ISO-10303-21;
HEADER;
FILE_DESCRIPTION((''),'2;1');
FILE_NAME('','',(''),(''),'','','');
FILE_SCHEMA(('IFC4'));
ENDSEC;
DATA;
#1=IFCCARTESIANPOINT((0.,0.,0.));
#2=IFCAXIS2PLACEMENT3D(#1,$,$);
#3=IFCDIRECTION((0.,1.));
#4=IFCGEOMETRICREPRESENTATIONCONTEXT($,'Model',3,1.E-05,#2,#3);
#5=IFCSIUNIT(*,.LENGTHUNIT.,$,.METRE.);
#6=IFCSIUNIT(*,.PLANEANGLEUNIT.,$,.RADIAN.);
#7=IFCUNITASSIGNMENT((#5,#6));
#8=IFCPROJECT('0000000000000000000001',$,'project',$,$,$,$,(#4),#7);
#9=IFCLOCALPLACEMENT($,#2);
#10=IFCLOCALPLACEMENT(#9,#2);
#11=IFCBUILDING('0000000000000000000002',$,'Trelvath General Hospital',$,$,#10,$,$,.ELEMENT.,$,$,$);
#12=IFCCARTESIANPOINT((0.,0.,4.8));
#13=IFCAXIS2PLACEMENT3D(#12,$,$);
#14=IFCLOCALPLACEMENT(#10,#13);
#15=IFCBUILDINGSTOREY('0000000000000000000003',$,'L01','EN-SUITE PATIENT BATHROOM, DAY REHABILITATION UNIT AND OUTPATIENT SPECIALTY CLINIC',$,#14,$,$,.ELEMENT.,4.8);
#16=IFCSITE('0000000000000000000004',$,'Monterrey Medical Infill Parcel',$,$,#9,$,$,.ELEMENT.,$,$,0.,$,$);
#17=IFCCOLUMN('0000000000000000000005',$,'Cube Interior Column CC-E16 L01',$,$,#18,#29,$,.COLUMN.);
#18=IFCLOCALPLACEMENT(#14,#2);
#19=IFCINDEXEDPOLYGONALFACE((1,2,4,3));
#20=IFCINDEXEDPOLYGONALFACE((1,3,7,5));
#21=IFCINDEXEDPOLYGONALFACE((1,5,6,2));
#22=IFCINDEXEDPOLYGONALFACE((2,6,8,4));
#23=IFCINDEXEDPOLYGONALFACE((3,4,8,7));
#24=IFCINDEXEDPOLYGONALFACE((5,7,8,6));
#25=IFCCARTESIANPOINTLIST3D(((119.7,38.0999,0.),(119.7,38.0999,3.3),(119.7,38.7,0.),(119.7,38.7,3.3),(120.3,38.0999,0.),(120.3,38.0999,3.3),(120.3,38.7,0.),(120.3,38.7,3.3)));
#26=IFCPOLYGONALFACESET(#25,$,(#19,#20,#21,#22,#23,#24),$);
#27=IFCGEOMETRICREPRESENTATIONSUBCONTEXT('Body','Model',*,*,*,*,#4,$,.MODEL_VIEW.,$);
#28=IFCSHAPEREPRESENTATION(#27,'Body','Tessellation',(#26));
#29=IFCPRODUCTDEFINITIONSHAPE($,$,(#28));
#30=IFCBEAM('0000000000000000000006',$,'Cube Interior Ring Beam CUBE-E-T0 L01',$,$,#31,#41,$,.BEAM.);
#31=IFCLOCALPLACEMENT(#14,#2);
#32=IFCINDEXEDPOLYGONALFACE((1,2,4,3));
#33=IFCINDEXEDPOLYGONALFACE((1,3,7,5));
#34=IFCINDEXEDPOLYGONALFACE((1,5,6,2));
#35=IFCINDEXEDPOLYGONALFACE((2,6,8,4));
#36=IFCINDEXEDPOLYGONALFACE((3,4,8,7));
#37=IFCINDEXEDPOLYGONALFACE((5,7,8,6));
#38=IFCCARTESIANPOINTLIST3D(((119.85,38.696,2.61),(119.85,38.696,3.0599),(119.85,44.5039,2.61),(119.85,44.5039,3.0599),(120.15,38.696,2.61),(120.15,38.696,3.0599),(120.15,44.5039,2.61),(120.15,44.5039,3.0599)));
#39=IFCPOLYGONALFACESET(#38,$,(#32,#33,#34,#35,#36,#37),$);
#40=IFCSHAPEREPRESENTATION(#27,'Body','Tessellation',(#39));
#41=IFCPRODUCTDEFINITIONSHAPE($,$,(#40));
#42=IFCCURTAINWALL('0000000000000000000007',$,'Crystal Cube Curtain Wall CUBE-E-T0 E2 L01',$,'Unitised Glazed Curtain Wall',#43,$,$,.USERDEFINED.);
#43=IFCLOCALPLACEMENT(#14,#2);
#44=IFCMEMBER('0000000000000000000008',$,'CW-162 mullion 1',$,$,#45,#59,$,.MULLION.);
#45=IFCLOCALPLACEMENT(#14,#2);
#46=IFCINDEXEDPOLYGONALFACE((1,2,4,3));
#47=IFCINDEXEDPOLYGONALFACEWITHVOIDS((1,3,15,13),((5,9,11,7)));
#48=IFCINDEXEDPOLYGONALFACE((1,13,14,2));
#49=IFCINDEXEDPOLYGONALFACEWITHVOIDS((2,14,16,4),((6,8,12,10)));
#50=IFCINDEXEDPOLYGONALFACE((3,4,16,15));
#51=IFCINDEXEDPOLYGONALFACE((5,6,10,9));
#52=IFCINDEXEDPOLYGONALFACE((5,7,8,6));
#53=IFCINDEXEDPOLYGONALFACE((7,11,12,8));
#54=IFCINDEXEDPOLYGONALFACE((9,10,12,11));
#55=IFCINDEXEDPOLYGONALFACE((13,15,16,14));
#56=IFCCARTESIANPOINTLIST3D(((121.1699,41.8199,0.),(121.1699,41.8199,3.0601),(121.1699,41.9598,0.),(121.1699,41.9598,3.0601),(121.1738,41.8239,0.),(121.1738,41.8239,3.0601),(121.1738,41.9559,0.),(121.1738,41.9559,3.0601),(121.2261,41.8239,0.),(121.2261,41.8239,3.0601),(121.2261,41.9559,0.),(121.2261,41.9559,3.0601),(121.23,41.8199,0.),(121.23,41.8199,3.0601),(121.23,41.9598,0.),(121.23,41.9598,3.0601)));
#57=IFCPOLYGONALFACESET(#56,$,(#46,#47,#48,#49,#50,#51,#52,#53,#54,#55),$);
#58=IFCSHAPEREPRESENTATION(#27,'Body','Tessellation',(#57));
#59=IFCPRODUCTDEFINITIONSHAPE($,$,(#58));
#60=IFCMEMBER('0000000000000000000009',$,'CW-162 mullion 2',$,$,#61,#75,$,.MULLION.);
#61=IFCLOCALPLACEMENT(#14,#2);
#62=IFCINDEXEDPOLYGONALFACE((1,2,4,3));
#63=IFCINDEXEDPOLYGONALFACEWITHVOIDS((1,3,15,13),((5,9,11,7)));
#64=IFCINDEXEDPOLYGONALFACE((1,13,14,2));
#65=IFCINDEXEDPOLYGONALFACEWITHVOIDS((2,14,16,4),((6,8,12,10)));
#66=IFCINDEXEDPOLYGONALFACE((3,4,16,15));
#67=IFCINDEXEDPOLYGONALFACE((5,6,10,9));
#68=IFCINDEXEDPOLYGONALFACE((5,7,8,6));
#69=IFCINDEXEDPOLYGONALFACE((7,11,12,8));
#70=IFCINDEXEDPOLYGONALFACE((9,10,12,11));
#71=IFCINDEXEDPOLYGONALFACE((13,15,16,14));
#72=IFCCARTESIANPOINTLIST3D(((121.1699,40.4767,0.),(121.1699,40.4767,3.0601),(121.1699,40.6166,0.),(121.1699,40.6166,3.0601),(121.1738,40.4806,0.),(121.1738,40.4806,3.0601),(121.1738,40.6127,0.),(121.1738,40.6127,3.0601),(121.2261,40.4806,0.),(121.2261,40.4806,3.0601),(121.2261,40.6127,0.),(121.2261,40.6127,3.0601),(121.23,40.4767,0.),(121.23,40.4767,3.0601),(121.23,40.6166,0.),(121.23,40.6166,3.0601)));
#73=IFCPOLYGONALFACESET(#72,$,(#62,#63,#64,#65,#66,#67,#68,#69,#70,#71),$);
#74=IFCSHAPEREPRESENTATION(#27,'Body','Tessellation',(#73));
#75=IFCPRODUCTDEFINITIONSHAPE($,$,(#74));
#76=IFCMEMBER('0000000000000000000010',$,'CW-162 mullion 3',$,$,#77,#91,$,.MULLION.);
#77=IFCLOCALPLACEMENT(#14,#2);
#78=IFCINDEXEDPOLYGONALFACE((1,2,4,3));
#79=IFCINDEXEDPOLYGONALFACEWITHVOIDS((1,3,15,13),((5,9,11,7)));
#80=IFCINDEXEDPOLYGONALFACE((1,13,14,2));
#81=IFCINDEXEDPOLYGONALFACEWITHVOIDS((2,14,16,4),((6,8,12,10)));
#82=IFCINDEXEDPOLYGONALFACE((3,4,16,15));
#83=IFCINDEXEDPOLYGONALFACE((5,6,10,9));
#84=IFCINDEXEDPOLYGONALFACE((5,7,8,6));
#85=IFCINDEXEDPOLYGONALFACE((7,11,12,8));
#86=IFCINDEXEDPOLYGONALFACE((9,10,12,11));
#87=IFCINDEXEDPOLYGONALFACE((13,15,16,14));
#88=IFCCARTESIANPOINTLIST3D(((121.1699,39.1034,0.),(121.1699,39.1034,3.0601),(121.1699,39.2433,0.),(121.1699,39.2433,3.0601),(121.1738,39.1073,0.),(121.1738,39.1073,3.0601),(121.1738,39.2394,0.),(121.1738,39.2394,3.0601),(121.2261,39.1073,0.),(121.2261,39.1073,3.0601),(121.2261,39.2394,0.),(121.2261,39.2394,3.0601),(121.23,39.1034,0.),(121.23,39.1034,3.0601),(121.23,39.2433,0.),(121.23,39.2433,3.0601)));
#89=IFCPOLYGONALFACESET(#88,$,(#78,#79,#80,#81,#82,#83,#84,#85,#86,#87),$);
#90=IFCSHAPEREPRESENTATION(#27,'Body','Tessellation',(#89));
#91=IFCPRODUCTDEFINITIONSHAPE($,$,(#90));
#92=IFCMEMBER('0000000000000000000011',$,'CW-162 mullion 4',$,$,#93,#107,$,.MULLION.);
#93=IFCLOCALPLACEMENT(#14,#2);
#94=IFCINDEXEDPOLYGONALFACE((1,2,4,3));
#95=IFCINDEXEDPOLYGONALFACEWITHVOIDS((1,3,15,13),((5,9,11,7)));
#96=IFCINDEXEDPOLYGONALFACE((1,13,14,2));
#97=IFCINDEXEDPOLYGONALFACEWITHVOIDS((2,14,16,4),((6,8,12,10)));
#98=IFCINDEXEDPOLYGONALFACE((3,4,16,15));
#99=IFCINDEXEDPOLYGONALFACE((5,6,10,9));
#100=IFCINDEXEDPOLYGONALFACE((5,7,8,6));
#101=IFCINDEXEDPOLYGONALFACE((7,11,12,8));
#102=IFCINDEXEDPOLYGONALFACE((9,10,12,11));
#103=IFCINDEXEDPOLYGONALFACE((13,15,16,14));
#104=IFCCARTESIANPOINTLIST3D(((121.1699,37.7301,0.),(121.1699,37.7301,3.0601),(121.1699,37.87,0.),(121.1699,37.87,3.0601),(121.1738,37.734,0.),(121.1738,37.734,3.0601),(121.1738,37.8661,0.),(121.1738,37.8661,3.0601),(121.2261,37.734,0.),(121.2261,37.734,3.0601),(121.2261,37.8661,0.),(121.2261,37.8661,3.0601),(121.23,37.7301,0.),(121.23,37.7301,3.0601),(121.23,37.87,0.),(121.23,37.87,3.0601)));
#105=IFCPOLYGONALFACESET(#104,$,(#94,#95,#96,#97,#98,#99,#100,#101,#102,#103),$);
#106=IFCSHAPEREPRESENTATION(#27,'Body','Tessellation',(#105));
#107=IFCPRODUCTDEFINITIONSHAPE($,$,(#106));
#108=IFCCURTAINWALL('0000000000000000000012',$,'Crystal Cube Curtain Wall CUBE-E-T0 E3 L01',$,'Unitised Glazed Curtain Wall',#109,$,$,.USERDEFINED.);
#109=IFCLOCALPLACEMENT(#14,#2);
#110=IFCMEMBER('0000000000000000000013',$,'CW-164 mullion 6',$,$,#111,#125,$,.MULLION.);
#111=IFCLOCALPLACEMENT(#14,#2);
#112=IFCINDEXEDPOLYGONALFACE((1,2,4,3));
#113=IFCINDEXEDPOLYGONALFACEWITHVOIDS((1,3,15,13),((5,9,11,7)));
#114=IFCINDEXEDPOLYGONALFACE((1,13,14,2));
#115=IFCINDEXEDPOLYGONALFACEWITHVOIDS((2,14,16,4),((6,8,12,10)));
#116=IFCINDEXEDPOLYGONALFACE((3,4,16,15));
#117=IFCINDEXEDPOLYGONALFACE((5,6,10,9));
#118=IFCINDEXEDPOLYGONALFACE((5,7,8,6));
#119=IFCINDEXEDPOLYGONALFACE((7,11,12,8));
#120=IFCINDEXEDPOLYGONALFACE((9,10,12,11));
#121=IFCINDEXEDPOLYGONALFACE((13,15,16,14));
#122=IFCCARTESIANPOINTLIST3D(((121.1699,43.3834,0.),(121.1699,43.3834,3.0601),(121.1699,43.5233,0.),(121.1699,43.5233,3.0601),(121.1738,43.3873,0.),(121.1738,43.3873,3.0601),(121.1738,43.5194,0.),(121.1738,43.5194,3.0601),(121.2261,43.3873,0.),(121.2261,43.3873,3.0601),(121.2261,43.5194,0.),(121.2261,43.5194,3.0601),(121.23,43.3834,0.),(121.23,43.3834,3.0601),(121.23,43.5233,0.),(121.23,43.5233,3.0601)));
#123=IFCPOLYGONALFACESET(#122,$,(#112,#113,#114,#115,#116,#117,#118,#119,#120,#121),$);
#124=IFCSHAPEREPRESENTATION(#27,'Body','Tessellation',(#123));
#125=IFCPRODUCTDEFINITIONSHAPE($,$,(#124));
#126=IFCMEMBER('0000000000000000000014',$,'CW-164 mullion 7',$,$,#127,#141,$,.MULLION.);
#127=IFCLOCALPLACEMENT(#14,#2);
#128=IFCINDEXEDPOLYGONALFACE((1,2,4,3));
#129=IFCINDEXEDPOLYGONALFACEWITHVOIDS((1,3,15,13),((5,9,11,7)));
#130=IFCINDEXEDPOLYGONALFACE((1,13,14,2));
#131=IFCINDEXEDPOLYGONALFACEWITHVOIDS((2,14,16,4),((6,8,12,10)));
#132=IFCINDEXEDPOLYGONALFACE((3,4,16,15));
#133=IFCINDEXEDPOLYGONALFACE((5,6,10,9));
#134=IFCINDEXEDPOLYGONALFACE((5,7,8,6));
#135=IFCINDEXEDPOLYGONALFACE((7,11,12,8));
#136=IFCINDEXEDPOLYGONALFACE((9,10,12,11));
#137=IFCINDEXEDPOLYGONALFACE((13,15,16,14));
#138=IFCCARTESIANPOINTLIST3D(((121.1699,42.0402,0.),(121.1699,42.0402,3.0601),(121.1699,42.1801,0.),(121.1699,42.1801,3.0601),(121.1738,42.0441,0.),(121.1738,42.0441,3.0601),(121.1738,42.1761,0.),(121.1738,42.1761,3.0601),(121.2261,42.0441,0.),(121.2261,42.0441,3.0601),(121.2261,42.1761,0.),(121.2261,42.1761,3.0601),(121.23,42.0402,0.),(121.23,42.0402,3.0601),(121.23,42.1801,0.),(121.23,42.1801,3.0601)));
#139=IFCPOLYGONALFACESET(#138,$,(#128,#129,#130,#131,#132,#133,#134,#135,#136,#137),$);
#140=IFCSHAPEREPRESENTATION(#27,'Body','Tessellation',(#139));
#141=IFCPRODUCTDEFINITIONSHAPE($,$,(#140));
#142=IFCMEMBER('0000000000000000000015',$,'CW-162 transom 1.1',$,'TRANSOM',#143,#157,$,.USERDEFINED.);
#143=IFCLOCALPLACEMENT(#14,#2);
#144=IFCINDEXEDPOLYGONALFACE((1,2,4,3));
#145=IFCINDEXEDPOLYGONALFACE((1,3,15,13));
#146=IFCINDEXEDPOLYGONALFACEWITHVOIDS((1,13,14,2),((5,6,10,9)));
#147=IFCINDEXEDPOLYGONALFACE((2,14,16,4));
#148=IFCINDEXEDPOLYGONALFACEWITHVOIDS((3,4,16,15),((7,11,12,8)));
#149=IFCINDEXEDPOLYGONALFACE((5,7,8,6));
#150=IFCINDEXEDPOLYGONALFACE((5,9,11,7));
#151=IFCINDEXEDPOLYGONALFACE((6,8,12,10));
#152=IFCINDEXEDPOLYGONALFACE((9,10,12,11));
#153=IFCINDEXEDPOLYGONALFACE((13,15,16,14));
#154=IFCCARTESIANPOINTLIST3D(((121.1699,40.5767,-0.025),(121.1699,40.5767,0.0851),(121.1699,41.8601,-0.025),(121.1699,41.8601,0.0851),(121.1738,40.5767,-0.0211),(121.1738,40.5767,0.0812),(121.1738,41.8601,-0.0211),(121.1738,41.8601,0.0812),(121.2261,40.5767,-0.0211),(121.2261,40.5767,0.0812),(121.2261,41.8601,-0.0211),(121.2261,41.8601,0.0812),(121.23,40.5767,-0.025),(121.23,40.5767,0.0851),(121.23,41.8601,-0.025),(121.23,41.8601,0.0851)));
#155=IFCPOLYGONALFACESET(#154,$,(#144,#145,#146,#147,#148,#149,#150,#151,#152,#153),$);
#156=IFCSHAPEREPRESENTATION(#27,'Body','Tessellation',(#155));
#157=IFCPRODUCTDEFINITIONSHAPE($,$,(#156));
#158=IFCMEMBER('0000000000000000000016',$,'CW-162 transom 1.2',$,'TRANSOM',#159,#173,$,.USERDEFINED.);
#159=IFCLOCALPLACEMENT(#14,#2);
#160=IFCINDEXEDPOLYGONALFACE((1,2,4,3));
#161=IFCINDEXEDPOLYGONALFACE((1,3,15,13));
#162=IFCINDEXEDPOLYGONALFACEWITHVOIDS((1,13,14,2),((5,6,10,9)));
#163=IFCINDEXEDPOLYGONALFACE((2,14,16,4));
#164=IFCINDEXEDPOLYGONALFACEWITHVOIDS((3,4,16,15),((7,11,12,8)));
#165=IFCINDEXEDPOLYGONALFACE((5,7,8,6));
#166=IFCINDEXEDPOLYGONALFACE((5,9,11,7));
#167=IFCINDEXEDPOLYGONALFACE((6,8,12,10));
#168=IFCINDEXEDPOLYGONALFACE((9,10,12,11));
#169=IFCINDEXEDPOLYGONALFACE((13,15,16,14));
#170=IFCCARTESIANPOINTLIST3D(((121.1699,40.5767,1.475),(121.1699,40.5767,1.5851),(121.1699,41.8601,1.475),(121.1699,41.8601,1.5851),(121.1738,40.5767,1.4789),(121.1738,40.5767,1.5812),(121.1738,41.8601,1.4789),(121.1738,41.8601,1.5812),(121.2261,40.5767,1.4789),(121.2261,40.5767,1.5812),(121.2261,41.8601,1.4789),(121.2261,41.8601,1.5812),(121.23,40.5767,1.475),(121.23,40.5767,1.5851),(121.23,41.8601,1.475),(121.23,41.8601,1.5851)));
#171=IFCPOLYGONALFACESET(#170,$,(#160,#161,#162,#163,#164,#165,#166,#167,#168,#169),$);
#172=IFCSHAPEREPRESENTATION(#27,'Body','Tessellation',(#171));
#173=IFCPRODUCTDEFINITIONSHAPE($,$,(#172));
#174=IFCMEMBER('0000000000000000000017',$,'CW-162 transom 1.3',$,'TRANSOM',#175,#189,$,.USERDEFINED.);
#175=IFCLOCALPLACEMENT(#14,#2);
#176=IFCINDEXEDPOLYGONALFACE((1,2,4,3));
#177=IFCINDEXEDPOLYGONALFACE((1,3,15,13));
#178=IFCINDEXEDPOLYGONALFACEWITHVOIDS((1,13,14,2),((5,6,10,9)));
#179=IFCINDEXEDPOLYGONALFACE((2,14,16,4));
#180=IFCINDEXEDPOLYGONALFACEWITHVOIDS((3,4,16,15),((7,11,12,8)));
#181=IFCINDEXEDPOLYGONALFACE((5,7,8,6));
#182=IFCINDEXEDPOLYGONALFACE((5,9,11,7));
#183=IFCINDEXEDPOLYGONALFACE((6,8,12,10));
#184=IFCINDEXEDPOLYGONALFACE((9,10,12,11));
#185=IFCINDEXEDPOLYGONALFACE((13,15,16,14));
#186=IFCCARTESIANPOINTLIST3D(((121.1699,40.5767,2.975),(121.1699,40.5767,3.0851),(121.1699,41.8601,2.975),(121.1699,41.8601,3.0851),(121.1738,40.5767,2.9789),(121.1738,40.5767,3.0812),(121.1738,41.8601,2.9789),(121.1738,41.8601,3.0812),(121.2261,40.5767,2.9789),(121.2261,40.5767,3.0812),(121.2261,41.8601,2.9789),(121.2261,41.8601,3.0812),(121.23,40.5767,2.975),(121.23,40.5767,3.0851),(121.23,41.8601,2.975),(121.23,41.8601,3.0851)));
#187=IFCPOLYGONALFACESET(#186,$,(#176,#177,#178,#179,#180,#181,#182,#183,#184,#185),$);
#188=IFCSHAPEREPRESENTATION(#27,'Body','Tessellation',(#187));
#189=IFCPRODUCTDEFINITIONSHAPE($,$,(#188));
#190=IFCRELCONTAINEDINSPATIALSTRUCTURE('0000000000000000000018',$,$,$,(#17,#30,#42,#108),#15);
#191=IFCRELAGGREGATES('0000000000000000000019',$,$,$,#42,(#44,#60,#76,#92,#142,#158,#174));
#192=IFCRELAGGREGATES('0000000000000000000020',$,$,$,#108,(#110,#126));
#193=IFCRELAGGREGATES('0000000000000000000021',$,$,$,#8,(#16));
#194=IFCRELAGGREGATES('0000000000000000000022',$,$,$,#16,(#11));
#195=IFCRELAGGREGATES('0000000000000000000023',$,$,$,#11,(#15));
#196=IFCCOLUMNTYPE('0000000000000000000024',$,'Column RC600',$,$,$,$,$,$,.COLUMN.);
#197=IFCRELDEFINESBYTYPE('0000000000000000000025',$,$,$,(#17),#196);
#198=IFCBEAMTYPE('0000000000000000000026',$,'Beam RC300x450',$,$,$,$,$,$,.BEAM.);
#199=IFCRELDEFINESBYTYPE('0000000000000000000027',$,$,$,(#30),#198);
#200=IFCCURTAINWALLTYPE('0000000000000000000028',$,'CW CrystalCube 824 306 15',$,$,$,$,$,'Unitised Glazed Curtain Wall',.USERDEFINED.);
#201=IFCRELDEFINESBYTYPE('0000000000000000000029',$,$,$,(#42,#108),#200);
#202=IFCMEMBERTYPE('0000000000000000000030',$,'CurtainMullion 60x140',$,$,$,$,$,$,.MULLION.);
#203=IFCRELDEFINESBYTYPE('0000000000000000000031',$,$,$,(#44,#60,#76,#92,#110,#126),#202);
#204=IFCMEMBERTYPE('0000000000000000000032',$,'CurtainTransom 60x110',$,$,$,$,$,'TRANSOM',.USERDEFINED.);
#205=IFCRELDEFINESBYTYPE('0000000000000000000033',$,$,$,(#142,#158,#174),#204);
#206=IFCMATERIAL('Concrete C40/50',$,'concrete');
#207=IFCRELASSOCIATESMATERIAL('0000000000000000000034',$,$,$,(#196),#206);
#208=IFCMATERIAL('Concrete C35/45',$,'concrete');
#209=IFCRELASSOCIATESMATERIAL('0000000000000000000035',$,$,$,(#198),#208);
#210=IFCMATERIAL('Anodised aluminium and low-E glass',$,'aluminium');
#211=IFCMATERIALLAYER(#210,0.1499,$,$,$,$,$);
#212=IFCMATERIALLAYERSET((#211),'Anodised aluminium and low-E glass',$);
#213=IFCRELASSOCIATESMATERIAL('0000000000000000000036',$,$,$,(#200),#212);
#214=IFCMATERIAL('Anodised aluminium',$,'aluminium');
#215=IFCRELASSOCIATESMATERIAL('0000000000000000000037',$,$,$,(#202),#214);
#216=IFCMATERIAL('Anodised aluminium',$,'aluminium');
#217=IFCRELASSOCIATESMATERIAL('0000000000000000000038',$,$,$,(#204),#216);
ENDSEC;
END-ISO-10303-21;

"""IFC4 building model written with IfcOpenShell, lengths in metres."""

from ifc_helpers import new_model, si_unit, direction, frame, origin, origin_2d, place, context, subcontext, project, spatial, rectangle, hollow_rectangle, extrude, material, layer, layer_set, material_profile, profile_set, type_object, element, aggregate, save


model = new_model("IFC4")

# Units and contexts
model_context = context("Model", 3, precision=1e-05, world=origin(), true_north=direction((0.0, 1.0)))
body_context = subcontext(model_context, "Body", "Model", "MODEL_VIEW")
ifc_project = project(units=[si_unit("LENGTHUNIT", "METRE"), si_unit("PLANEANGLEUNIT", "RADIAN")], contexts=[model_context])

# Site, building, storey
site_placement = place(None, origin())
site = spatial("IfcSite", under=ifc_project, at=site_placement, Name="Monterrey Medical Infill Parcel", CompositionType="ELEMENT", RefElevation=0.0)
building_placement = place(site_placement, origin())
building = spatial("IfcBuilding", under=site, at=building_placement, Name="Trelvath General Hospital", CompositionType="ELEMENT")
storey_placement = place(building_placement, frame((0.0, 0.0, 4.8)))
storey = spatial("IfcBuildingStorey", under=building, at=storey_placement, Name="L01", Description="EN-SUITE PATIENT BATHROOM, DAY REHABILITATION UNIT AND OUTPATIENT SPECIALTY CLINIC", CompositionType="ELEMENT", Elevation=4.8)

# Column
ifc_material_1 = material(Name="Concrete C40/50", Category="concrete")
ifc_material_profile_1 = material_profile(ifc_material_1, rectangle(XDim=0.6001, YDim=0.6001, at=origin_2d()), Name="RC600x600")
ifc_profile_set_1 = profile_set([ifc_material_profile_1], Name="Concrete C40/50")
column_type = type_object("IfcColumnType", Name="Column RC600", PredefinedType="COLUMN", material=ifc_profile_set_1)
column_placement = place(storey_placement, frame((120.0, 38.3999, 0.0), z_axis=(0.0, 0.0, 1.0), x_axis=(1.0, 0.0, 0.0)))
element("IfcColumn", 1, at=column_placement, inside=storey, type_object=column_type, Name="Cube Interior Column CC-E16 L01", PredefinedType="COLUMN", context=body_context, shape_type="SweptSolid", body=[
    extrude(rectangle(XDim=0.6001, YDim=0.6001, at=origin_2d()), origin(), (0.0, 0.0, 1.0), 3.3),
])

# Beam
ifc_material_2 = material(Name="Concrete C35/45", Category="concrete")
ifc_material_profile_2 = material_profile(ifc_material_2, rectangle(XDim=0.3, YDim=0.45, at=origin_2d()), Name="RCB300x450")
ifc_profile_set_2 = profile_set([ifc_material_profile_2], Name="Concrete C35/45")
beam_type = type_object("IfcBeamType", Name="Beam RC300x450", PredefinedType="BEAM", material=ifc_profile_set_2)
beam_placement = place(storey_placement, frame((120.0, 38.696, 2.835), z_axis=(0.0, 1.0, 0.0), x_axis=(-1.0, 0.0, 0.0)))
element("IfcBeam", 2, at=beam_placement, inside=storey, type_object=beam_type, Name="Cube Interior Ring Beam CUBE-E-T0 L01", PredefinedType="BEAM", context=body_context, shape_type="SweptSolid", body=[
    extrude(rectangle(XDim=0.3, YDim=0.45, at=origin_2d()), origin(), (0.0, 0.0, 1.0), 5.8079),
])

# Curtain walls, members
ifc_material_3 = material(Name="Anodised aluminium and low-E glass", Category="aluminium")
ifc_layer_1 = layer(ifc_material_3, 0.1499)
ifc_layer_set_1 = layer_set([ifc_layer_1], Name="Anodised aluminium and low-E glass")
curtain_wall_type = type_object("IfcCurtainWallType", Name="CW CrystalCube 824 306 15", ElementType="Unitised Glazed Curtain Wall", PredefinedType="USERDEFINED", material=ifc_layer_set_1)
curtain_wall_1_placement = place(storey_placement, origin())
curtain_wall_1 = element("IfcCurtainWall", 3, at=curtain_wall_1_placement, inside=storey, type_object=curtain_wall_type, Name="Crystal Cube Curtain Wall CUBE-E-T0 E2 L01", ObjectType="Unitised Glazed Curtain Wall", PredefinedType="USERDEFINED")
ifc_material_4 = material(Name="Anodised aluminium", Category="aluminium")
ifc_material_profile_3 = material_profile(ifc_material_4, hollow_rectangle(XDim=0.0601, YDim=0.1399, WallThickness=0.0039, at=origin_2d()), Name="RHS60x140x4")
ifc_profile_set_3 = profile_set([ifc_material_profile_3], Name="Anodised aluminium")
member_type_1 = type_object("IfcMemberType", Name="CurtainMullion 60x140", PredefinedType="MULLION", material=ifc_profile_set_3)
member_1_placement = place(storey_placement, frame((121.2, 41.8899, 0.0), z_axis=(0.0, 0.0, 1.0), x_axis=(1.0, 0.0, 0.0)))
member_1 = element("IfcMember", 4, at=member_1_placement, type_object=member_type_1, Name="CW-162 mullion 1", PredefinedType="MULLION", context=body_context, shape_type="SweptSolid", body=[
    extrude(hollow_rectangle(XDim=0.0601, YDim=0.1399, WallThickness=0.0039, at=origin_2d()), origin(), (0.0, 0.0, 1.0), 3.0601),
])
member_2_placement = place(storey_placement, frame((121.2, 40.5466, 0.0), z_axis=(0.0, 0.0, 1.0), x_axis=(1.0, 0.0, 0.0)))
member_2 = element("IfcMember", 5, at=member_2_placement, type_object=member_type_1, Name="CW-162 mullion 2", PredefinedType="MULLION", context=body_context, shape_type="SweptSolid", body=[
    extrude(hollow_rectangle(XDim=0.0601, YDim=0.1399, WallThickness=0.0039, at=origin_2d()), origin(), (0.0, 0.0, 1.0), 3.0601),
])
member_3_placement = place(storey_placement, frame((121.2, 39.1733, 0.0), z_axis=(0.0, 0.0, 1.0), x_axis=(1.0, 0.0, 0.0)))
member_3 = element("IfcMember", 6, at=member_3_placement, type_object=member_type_1, Name="CW-162 mullion 3", PredefinedType="MULLION", context=body_context, shape_type="SweptSolid", body=[
    extrude(hollow_rectangle(XDim=0.0601, YDim=0.1399, WallThickness=0.0039, at=origin_2d()), origin(), (0.0, 0.0, 1.0), 3.0601),
])
member_4_placement = place(storey_placement, frame((121.2, 37.8, 0.0), z_axis=(0.0, 0.0, 1.0), x_axis=(1.0, 0.0, 0.0)))
member_4 = element("IfcMember", 7, at=member_4_placement, type_object=member_type_1, Name="CW-162 mullion 4", PredefinedType="MULLION", context=body_context, shape_type="SweptSolid", body=[
    extrude(hollow_rectangle(XDim=0.0601, YDim=0.1399, WallThickness=0.0039, at=origin_2d()), origin(), (0.0, 0.0, 1.0), 3.0601),
])
curtain_wall_2_placement = place(storey_placement, origin())
curtain_wall_2 = element("IfcCurtainWall", 8, at=curtain_wall_2_placement, inside=storey, type_object=curtain_wall_type, Name="Crystal Cube Curtain Wall CUBE-E-T0 E3 L01", ObjectType="Unitised Glazed Curtain Wall", PredefinedType="USERDEFINED")
member_5_placement = place(storey_placement, frame((121.2, 43.4534, 0.0), z_axis=(0.0, 0.0, 1.0), x_axis=(1.0, 0.0, 0.0)))
member_5 = element("IfcMember", 9, at=member_5_placement, type_object=member_type_1, Name="CW-164 mullion 6", PredefinedType="MULLION", context=body_context, shape_type="SweptSolid", body=[
    extrude(hollow_rectangle(XDim=0.0601, YDim=0.1399, WallThickness=0.0039, at=origin_2d()), origin(), (0.0, 0.0, 1.0), 3.0601),
])
member_6_placement = place(storey_placement, frame((121.2, 42.1101, 0.0), z_axis=(0.0, 0.0, 1.0), x_axis=(1.0, 0.0, 0.0)))
member_6 = element("IfcMember", 10, at=member_6_placement, type_object=member_type_1, Name="CW-164 mullion 7", PredefinedType="MULLION", context=body_context, shape_type="SweptSolid", body=[
    extrude(hollow_rectangle(XDim=0.0601, YDim=0.1399, WallThickness=0.0039, at=origin_2d()), origin(), (0.0, 0.0, 1.0), 3.0601),
])

# Members
ifc_material_5 = material(Name="Anodised aluminium", Category="aluminium")
ifc_material_profile_4 = material_profile(ifc_material_5, hollow_rectangle(XDim=0.0601, YDim=0.1101, WallThickness=0.0039, at=origin_2d()), Name="RHS60x110x4")
ifc_profile_set_4 = profile_set([ifc_material_profile_4], Name="Anodised aluminium")
member_type_2 = type_object("IfcMemberType", Name="CurtainTransom 60x110", ElementType="TRANSOM", PredefinedType="USERDEFINED", material=ifc_profile_set_4)
member_7_placement = place(storey_placement, frame((121.2, 41.8601, 0.03), z_axis=(0.0, -1.0, 0.0), x_axis=(1.0, 0.0, 0.0)))
member_7 = element("IfcMember", 11, at=member_7_placement, type_object=member_type_2, Name="CW-162 transom 1.1", ObjectType="TRANSOM", PredefinedType="USERDEFINED", context=body_context, shape_type="SweptSolid", body=[
    extrude(hollow_rectangle(XDim=0.0601, YDim=0.1101, WallThickness=0.0039, at=origin_2d()), origin(), (0.0, 0.0, 1.0), 1.2834),
])
member_8_placement = place(storey_placement, frame((121.2, 41.8601, 1.53), z_axis=(0.0, -1.0, 0.0), x_axis=(1.0, 0.0, 0.0)))
member_8 = element("IfcMember", 12, at=member_8_placement, type_object=member_type_2, Name="CW-162 transom 1.2", ObjectType="TRANSOM", PredefinedType="USERDEFINED", context=body_context, shape_type="SweptSolid", body=[
    extrude(hollow_rectangle(XDim=0.0601, YDim=0.1101, WallThickness=0.0039, at=origin_2d()), origin(), (0.0, 0.0, 1.0), 1.2834),
])
member_9_placement = place(storey_placement, frame((121.2, 41.8601, 3.03), z_axis=(0.0, -1.0, 0.0), x_axis=(1.0, 0.0, 0.0)))
member_9 = element("IfcMember", 13, at=member_9_placement, type_object=member_type_2, Name="CW-162 transom 1.3", ObjectType="TRANSOM", PredefinedType="USERDEFINED", context=body_context, shape_type="SweptSolid", body=[
    extrude(hollow_rectangle(XDim=0.0601, YDim=0.1101, WallThickness=0.0039, at=origin_2d()), origin(), (0.0, 0.0, 1.0), 1.2834),
])

aggregate(curtain_wall_1, [member_1, member_2, member_3, member_4, member_7, member_8, member_9])
aggregate(curtain_wall_2, [member_5, member_6])

save(model, "model.ifc")
